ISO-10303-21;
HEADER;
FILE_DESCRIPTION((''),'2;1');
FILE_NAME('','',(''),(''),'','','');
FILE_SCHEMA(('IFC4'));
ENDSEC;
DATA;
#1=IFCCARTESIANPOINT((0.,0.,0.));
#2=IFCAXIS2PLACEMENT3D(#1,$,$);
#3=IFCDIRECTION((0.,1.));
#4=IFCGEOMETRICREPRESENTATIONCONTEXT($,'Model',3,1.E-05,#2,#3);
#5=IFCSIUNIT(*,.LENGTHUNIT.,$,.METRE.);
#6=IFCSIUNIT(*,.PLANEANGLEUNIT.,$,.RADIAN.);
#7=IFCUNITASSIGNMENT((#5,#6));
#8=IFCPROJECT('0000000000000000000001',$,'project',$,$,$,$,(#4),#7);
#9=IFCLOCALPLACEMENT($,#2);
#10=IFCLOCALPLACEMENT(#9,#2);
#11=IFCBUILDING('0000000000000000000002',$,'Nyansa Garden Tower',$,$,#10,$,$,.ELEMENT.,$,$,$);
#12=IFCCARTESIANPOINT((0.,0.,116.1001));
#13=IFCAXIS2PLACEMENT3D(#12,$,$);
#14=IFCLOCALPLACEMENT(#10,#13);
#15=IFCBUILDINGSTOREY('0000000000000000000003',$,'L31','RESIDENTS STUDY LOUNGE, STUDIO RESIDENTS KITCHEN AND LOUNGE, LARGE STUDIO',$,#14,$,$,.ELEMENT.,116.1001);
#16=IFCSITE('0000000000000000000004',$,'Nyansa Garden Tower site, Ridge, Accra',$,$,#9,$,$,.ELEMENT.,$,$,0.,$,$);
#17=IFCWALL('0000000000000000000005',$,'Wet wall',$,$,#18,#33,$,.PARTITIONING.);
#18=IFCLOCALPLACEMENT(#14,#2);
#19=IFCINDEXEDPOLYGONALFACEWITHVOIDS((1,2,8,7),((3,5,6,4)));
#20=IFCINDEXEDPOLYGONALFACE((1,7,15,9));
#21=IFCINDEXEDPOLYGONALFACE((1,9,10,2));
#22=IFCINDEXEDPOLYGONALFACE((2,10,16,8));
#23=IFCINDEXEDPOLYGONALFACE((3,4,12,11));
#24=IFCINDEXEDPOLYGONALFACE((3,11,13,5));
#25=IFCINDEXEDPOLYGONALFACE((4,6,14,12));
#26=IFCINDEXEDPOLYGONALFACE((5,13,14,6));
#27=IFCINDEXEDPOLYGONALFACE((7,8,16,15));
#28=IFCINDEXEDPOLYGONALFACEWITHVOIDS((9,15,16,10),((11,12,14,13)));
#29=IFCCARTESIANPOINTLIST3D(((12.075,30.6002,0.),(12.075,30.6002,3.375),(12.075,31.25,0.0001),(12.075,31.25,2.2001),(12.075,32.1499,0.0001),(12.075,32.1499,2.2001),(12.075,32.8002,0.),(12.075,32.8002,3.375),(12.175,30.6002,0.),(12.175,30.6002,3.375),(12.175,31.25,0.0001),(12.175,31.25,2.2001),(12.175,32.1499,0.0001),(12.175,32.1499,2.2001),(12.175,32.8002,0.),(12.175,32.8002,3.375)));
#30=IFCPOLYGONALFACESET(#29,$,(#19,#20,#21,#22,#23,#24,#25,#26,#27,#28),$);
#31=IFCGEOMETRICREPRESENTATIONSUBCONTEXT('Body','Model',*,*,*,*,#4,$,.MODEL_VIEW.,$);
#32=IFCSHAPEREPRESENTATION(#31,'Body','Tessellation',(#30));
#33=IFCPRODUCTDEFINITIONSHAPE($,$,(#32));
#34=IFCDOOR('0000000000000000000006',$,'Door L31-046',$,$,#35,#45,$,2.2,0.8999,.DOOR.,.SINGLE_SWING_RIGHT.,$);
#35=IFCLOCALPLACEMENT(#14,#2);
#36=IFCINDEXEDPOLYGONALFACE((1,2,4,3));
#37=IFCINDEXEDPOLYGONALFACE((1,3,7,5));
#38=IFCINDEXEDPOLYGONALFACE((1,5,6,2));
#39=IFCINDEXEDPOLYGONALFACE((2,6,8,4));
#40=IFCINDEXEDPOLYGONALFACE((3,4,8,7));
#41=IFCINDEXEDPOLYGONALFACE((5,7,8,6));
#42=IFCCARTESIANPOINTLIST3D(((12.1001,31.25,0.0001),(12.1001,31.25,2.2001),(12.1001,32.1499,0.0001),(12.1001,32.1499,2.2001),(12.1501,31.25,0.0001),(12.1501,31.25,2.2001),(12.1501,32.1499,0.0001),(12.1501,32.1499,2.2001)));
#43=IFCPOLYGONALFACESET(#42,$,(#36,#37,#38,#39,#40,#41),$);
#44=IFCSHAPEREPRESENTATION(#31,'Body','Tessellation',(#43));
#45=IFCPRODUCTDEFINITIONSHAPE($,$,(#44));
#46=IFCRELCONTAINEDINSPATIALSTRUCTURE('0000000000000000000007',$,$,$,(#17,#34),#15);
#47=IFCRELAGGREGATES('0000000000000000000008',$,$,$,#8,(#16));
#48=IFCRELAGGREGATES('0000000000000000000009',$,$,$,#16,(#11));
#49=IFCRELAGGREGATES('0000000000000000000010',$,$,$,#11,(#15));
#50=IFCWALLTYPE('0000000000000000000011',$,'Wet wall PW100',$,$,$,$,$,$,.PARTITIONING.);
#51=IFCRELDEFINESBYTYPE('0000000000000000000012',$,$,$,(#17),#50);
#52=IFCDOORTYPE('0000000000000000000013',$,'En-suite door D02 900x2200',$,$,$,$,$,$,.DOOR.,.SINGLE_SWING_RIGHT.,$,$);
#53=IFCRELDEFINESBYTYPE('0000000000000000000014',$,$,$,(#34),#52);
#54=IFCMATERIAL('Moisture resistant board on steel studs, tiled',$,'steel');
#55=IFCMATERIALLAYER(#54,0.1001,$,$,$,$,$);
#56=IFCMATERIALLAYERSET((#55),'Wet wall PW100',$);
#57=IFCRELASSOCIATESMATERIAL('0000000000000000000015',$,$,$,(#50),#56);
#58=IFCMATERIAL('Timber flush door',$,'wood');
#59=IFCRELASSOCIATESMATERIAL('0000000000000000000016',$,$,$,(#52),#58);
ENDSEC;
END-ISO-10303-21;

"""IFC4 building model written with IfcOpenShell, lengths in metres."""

from ifc_helpers import new_model, si_unit, direction, frame, frame_2d, origin, place, context, subcontext, project, spatial, rectangle, extrude, material, layer, layer_set, type_object, element, fill, save


model = new_model("IFC4")

# Units and contexts
model_context = context("Model", 3, precision=1e-05, world=origin(), true_north=direction((0.0, 1.0)))
body_context = subcontext(model_context, "Body", "Model", "MODEL_VIEW")
ifc_project = project(units=[si_unit("LENGTHUNIT", "METRE"), si_unit("PLANEANGLEUNIT", "RADIAN")], contexts=[model_context])

# Site, building, storey
site_placement = place(None, origin())
site = spatial("IfcSite", under=ifc_project, at=site_placement, Name="Nyansa Garden Tower site, Ridge, Accra", CompositionType="ELEMENT", RefElevation=0.0)
building_placement = place(site_placement, origin())
building = spatial("IfcBuilding", under=site, at=building_placement, Name="Nyansa Garden Tower", CompositionType="ELEMENT")
storey_placement = place(building_placement, frame((0.0, 0.0, 116.1001)))
storey = spatial("IfcBuildingStorey", under=building, at=storey_placement, Name="L31", Description="RESIDENTS STUDY LOUNGE, STUDIO RESIDENTS KITCHEN AND LOUNGE, LARGE STUDIO", CompositionType="ELEMENT", Elevation=116.1001)

# Shared definitions
ifc_material_1 = material(Name="Moisture resistant board on steel studs, tiled", Category="steel")
ifc_layer_1 = layer(ifc_material_1, 0.1001)
ifc_layer_set_1 = layer_set([ifc_layer_1], Name="Wet wall PW100")
wall_type_1 = type_object("IfcWallType", Name="Wet wall PW100", PredefinedType="PARTITIONING", material=ifc_layer_set_1)

# Wall, opening, door
wall_1_placement = place(storey_placement, frame((12.125, 30.6001, 0.0), z_axis=(0.0, 0.0, 1.0), x_axis=(0.0, 1.0, 0.0)))
wall_1 = element("IfcWall", 1, at=wall_1_placement, inside=storey, type_object=wall_type_1, Name="Wet wall", PredefinedType="PARTITIONING", context=body_context, shape_type="SweptSolid", body=[
    extrude(rectangle(XDim=2.2, YDim=0.1001, at=frame_2d((1.1001, 0.0))), origin(), (0.0, 0.0, 1.0), 3.375),
])
opening_1_placement = place(wall_1_placement, frame((0.6499, 0.0, 0.0)))
opening_1 = element("IfcOpeningElement", 2, at=opening_1_placement, cuts=wall_1, PredefinedType="OPENING", context=body_context, shape_type="SweptSolid", body=[
    extrude(rectangle(XDim=0.8999, YDim=2.2, at=frame_2d((0.45, 1.1001))), frame((0.0, 0.0601, 0.0), z_axis=(0.0, -1.0, 0.0), x_axis=(1.0, 0.0, 0.0)), (0.0, 0.0, 1.0), 0.1201),
])
ifc_material_2 = material(Name="Timber flush door", Category="wood")
door_type_1 = type_object("IfcDoorType", Name="En-suite door D02 900x2200", OperationType="SINGLE_SWING_RIGHT", PredefinedType="DOOR", material=ifc_material_2)
door_1_placement = place(opening_1_placement, origin())
door_1 = element("IfcDoor", 3, at=door_1_placement, inside=storey, type_object=door_type_1, Name="Door L31-046", OperationType="SINGLE_SWING_RIGHT", OverallHeight=2.2, OverallWidth=0.8999, PredefinedType="DOOR", context=body_context, shape_type="SweptSolid", body=[
    extrude(rectangle(XDim=0.8999, YDim=2.2, at=frame_2d((0.45, 1.1001))), frame((0.0, 0.0249, 0.0), z_axis=(0.0, -1.0, 0.0), x_axis=(1.0, 0.0, 0.0)), (0.0, 0.0, 1.0), 0.05),
])
fill(opening_1, door_1)

save(model, "model.ifc")
